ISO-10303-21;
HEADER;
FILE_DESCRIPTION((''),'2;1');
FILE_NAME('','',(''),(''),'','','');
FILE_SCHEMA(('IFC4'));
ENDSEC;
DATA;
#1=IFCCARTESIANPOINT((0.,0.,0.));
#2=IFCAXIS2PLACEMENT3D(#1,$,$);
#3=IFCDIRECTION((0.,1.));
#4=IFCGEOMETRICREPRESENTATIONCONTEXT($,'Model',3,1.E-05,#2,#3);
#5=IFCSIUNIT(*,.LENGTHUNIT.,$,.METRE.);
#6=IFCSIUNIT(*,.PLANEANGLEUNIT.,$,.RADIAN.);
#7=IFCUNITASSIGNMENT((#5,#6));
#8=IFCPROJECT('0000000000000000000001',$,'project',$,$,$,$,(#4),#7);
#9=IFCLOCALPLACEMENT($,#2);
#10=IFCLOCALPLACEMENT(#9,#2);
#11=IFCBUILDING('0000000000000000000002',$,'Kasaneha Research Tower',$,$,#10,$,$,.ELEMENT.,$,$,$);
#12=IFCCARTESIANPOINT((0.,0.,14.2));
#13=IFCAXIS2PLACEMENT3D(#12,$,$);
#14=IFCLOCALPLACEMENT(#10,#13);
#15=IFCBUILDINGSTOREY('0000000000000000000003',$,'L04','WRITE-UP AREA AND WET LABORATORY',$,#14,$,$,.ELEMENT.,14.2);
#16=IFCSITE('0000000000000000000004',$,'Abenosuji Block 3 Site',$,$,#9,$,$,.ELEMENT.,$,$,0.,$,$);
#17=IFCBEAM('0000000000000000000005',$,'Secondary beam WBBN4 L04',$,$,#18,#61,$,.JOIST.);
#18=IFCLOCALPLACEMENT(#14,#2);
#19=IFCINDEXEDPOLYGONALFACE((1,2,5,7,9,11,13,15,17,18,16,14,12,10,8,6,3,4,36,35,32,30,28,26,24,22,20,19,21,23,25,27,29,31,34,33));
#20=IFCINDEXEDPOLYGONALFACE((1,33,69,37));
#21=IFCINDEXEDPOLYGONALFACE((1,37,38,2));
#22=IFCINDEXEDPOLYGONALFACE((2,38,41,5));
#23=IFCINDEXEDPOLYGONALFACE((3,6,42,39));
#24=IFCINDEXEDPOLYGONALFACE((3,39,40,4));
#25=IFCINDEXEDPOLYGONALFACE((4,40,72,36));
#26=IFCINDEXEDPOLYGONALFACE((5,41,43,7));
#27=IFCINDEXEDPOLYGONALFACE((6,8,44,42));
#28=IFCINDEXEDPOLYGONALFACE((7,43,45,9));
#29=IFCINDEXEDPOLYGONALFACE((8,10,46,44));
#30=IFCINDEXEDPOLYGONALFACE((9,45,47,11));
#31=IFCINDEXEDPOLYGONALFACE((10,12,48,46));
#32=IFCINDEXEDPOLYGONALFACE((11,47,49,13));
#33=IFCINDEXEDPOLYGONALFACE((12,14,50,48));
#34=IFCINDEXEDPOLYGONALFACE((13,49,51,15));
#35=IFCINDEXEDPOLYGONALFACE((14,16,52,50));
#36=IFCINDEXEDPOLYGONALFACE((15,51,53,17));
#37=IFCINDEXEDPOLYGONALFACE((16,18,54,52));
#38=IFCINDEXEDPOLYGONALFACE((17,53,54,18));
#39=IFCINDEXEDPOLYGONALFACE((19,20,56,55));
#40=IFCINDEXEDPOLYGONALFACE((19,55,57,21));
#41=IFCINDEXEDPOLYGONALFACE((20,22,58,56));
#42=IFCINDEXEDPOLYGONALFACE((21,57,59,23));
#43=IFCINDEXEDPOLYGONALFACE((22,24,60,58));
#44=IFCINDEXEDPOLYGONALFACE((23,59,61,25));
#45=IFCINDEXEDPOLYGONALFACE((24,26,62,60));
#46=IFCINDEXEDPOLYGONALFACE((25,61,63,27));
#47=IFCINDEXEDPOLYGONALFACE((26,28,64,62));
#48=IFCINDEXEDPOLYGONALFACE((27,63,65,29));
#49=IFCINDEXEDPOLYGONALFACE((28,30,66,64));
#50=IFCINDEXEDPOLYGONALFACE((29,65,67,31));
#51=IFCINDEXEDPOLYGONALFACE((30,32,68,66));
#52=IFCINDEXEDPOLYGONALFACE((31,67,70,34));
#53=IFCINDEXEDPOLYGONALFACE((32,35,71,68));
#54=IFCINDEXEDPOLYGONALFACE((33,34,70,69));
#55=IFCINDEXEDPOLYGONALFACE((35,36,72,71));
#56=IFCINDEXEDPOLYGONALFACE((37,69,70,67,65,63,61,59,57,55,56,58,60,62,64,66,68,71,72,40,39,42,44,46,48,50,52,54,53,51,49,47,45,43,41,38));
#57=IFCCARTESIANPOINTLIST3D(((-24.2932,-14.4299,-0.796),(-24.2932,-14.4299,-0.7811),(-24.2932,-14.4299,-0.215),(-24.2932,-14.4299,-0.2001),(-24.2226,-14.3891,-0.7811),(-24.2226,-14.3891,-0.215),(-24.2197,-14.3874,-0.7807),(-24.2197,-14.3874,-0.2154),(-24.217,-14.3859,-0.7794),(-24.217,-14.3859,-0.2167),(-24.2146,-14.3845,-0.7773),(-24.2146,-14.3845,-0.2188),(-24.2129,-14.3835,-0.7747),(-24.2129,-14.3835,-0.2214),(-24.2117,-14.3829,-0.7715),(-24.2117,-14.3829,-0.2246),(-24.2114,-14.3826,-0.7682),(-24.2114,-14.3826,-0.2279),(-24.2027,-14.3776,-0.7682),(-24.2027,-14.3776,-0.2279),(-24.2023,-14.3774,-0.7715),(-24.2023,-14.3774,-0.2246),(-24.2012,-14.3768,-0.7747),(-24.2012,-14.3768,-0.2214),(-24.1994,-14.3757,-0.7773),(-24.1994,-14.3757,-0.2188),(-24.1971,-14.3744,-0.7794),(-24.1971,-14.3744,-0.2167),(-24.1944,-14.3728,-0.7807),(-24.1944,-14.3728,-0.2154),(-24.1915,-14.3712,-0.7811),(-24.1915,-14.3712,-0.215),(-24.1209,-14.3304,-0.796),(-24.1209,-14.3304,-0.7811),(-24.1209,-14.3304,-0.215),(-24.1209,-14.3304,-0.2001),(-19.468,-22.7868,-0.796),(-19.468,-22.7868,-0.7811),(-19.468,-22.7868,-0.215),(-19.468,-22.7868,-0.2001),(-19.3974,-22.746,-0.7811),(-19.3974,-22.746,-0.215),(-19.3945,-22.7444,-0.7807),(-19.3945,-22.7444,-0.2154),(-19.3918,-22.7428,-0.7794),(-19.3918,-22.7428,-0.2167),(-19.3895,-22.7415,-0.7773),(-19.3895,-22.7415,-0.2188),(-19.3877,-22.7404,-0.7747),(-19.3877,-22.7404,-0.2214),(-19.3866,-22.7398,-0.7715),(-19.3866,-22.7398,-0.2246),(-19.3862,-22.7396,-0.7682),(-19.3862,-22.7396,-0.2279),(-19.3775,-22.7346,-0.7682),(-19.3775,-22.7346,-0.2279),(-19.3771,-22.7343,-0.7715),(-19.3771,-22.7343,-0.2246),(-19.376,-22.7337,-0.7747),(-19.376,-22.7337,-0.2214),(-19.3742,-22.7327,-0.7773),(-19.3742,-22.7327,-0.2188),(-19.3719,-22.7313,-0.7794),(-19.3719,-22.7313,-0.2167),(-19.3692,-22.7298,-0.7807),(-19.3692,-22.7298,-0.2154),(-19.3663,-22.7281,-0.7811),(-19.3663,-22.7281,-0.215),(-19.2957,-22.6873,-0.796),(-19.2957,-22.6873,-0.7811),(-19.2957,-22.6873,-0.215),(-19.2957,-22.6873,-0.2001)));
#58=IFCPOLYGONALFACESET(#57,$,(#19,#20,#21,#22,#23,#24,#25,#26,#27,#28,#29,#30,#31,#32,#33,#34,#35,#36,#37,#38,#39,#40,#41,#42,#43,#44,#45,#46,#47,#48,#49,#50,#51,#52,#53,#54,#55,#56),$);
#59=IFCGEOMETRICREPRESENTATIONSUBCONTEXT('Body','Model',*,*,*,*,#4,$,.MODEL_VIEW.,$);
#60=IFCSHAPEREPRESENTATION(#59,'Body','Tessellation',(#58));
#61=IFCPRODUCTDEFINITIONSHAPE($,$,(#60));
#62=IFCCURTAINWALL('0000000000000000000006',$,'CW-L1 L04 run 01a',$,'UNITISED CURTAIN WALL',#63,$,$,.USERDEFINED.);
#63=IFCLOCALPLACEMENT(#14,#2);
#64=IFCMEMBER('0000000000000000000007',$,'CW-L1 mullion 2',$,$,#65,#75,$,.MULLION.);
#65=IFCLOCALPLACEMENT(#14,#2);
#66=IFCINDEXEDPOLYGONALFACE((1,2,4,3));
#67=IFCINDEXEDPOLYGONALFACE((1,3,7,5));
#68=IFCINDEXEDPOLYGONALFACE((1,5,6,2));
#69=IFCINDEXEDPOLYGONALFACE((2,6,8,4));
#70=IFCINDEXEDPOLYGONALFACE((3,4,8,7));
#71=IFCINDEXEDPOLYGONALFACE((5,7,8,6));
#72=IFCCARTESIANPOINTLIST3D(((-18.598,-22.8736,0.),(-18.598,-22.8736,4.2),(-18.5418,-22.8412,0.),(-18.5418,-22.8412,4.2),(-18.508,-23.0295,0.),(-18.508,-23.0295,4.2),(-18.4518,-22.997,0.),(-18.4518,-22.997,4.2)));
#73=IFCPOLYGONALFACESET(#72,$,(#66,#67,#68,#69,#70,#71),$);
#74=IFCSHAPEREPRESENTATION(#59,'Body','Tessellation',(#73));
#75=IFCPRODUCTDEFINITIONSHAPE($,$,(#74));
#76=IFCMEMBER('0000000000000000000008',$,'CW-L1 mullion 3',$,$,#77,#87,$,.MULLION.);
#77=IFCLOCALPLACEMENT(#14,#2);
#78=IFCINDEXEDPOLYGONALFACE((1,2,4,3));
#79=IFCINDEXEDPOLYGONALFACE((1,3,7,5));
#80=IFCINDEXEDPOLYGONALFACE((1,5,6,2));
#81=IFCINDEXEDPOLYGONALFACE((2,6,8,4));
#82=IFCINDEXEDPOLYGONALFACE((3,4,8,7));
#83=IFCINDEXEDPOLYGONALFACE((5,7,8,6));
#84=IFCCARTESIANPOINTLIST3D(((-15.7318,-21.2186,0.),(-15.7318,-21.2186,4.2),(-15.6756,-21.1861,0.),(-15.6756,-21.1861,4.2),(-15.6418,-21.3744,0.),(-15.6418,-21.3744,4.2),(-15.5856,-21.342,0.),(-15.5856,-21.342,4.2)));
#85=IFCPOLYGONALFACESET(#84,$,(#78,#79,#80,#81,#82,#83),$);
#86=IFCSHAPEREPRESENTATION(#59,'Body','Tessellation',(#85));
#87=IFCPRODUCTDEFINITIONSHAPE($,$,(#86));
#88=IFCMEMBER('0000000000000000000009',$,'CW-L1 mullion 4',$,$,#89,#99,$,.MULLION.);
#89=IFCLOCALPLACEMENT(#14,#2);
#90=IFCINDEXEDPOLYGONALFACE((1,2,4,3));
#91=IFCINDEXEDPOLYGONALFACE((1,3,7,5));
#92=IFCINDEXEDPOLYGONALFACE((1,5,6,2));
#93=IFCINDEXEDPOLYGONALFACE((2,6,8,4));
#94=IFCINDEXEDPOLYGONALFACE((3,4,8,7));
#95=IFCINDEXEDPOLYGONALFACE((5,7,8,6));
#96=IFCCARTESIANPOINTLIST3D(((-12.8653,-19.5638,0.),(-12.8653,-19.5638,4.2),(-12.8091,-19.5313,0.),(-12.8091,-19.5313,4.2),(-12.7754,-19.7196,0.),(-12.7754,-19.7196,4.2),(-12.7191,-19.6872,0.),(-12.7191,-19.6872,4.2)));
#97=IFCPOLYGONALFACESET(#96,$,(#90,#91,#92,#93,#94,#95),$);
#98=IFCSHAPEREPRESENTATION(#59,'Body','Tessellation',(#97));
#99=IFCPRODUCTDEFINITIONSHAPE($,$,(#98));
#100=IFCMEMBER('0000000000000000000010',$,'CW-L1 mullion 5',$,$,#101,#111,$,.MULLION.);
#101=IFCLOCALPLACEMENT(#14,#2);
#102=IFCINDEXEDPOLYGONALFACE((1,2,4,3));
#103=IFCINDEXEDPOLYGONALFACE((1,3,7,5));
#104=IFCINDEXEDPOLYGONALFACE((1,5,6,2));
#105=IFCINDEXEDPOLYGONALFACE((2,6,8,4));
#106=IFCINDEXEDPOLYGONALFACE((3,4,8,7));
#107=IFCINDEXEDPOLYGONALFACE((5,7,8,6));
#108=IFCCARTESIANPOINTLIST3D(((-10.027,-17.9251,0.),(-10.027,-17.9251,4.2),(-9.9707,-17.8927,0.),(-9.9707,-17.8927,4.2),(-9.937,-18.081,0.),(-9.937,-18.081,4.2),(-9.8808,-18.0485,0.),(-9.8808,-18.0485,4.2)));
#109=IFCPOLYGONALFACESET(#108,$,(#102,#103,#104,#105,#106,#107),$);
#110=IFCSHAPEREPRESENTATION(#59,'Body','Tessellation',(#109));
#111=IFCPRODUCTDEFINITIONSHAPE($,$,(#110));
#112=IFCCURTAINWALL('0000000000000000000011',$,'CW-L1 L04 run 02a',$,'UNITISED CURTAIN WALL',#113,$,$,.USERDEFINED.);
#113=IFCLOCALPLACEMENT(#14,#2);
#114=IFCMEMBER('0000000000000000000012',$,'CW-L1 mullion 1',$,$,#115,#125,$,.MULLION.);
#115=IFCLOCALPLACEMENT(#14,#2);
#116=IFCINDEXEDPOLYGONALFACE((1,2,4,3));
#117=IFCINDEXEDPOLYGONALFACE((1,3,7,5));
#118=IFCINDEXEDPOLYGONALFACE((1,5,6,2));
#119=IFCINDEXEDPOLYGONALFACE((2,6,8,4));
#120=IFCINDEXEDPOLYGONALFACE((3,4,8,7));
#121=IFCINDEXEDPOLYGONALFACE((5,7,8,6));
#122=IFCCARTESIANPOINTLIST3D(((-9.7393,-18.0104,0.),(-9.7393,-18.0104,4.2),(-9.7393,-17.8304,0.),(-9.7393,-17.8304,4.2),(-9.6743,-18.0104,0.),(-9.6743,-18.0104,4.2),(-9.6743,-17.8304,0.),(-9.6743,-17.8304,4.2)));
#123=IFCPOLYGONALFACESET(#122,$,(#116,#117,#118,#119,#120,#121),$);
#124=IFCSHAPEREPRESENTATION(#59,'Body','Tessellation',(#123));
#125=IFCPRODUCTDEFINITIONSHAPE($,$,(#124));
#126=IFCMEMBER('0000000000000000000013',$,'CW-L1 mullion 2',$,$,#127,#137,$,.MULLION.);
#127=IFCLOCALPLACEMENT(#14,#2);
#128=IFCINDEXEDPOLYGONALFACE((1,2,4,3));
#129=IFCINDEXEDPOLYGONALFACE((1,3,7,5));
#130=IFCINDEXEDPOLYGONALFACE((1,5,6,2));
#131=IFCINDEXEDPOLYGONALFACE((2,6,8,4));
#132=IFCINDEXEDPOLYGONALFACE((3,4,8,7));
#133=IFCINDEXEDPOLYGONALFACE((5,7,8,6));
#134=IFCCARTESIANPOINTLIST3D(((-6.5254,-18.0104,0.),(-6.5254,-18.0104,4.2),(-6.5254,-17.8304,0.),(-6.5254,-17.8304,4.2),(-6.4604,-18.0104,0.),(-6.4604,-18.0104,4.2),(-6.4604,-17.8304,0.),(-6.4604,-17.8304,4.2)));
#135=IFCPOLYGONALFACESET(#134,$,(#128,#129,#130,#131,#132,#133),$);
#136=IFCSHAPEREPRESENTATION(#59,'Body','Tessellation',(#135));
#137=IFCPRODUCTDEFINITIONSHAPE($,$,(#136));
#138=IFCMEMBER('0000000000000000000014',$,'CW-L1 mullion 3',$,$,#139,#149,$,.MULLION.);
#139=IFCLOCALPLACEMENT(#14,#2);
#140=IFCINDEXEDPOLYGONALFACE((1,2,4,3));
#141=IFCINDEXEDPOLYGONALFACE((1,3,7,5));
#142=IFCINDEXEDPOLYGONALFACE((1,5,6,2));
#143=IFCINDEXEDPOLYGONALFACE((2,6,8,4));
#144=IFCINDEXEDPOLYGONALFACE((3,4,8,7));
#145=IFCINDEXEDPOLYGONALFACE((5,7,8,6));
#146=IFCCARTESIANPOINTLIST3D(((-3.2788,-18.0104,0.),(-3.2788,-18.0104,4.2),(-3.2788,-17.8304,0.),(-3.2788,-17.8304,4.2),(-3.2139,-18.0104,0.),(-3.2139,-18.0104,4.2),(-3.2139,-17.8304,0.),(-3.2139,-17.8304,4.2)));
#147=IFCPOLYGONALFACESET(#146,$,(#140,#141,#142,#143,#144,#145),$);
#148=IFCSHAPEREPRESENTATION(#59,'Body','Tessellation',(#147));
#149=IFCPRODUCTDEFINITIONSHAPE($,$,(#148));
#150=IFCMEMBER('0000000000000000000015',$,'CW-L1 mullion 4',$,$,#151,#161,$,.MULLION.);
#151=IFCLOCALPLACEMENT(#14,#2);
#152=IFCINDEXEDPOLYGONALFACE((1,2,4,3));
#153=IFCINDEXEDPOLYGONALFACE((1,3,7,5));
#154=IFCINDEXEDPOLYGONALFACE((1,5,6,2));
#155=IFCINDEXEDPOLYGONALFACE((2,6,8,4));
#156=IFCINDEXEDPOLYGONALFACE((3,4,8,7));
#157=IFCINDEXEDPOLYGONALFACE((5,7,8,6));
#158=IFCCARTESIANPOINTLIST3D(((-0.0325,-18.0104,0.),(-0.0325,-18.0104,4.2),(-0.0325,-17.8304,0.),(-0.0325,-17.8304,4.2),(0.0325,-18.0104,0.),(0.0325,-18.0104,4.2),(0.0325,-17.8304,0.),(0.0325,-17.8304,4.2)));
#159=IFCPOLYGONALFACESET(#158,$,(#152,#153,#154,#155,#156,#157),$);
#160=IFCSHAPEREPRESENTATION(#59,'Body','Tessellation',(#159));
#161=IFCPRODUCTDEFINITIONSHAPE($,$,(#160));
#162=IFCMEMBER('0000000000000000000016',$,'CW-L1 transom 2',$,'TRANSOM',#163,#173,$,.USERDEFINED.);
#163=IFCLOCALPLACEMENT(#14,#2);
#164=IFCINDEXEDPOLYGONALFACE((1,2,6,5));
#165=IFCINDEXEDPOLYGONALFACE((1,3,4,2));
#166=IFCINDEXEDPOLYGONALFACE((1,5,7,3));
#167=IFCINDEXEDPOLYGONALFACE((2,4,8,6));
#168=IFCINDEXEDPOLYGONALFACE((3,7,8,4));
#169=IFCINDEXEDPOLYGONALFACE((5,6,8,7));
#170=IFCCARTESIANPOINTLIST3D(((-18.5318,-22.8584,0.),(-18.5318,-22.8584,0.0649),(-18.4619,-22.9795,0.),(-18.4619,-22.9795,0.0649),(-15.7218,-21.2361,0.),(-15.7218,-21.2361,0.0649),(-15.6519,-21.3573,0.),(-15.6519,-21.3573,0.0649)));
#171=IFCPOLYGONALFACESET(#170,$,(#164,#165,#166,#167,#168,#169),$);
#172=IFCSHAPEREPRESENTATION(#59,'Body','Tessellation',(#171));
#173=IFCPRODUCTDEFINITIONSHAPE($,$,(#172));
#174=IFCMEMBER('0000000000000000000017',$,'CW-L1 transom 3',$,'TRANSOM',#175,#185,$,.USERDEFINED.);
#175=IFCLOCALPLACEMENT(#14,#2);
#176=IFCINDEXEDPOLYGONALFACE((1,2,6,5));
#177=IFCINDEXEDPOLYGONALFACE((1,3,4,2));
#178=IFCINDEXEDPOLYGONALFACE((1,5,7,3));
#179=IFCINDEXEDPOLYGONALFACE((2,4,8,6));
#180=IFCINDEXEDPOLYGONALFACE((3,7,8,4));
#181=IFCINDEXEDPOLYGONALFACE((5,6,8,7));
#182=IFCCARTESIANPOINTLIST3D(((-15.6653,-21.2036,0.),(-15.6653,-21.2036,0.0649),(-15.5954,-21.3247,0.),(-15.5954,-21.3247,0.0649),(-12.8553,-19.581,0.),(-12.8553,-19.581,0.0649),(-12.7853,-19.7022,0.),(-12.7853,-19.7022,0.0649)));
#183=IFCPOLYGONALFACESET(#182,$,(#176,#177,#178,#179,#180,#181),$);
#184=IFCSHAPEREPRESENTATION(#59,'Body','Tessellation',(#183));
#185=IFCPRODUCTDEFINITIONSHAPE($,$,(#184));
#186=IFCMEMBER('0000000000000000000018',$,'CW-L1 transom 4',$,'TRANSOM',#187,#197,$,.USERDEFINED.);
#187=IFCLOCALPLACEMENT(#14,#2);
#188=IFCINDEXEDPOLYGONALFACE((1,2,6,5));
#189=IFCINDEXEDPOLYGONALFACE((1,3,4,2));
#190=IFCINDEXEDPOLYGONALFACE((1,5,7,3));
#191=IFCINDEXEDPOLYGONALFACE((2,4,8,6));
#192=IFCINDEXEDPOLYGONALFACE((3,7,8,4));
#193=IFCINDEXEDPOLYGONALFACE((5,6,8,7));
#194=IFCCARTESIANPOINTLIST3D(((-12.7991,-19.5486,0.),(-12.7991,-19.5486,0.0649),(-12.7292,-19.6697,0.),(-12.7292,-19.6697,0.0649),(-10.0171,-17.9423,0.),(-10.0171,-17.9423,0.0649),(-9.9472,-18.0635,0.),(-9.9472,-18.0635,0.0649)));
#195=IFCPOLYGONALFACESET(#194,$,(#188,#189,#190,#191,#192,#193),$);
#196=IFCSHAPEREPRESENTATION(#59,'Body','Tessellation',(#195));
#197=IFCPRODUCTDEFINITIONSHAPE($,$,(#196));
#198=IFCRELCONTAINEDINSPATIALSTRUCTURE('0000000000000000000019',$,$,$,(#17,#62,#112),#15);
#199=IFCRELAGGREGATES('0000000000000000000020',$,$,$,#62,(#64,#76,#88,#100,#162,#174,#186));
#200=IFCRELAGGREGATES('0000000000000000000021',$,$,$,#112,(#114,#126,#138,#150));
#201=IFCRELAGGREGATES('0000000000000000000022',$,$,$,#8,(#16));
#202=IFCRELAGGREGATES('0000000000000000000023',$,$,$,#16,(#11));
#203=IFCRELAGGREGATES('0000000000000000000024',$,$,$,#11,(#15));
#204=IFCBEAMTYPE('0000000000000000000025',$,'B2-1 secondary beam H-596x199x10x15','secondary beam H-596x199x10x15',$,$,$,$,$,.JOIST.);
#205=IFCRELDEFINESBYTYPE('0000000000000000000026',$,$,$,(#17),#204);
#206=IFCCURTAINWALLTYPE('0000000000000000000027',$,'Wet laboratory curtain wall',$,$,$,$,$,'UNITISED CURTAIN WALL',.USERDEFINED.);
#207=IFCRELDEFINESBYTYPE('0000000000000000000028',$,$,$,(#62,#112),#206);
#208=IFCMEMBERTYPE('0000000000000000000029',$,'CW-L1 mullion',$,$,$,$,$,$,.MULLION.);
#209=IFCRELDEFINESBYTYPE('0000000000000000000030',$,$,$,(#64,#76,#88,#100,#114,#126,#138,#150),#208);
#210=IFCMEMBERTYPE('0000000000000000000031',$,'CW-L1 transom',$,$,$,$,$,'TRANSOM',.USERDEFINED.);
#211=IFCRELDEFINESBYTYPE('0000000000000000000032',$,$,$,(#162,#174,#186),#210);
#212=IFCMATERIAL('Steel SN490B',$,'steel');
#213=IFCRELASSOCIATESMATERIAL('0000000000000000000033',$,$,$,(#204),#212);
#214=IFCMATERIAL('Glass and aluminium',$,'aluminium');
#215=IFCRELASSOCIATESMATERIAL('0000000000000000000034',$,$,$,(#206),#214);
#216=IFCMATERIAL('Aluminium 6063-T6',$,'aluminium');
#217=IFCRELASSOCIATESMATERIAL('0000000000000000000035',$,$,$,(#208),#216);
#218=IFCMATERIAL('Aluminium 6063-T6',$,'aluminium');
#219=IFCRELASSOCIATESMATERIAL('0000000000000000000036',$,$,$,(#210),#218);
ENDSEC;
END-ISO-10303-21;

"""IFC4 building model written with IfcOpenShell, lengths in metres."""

from ifc_helpers import new_model, si_unit, direction, frame, origin, origin_2d, place, context, subcontext, project, spatial, rectangle, i_section, extrude, material, material_profile, profile_set, type_object, element, aggregate, save


model = new_model("IFC4")

# Units and contexts
model_context = context("Model", 3, precision=1e-05, world=origin(), true_north=direction((0.0, 1.0)))
body_context = subcontext(model_context, "Body", "Model", "MODEL_VIEW")
ifc_project = project(units=[si_unit("LENGTHUNIT", "METRE"), si_unit("PLANEANGLEUNIT", "RADIAN")], contexts=[model_context])

# Site, building, storey
site_placement = place(None, origin())
site = spatial("IfcSite", under=ifc_project, at=site_placement, Name="Abenosuji Block 3 Site", CompositionType="ELEMENT", RefElevation=0.0)
building_placement = place(site_placement, origin())
building = spatial("IfcBuilding", under=site, at=building_placement, Name="Kasaneha Research Tower", CompositionType="ELEMENT")
storey_placement = place(building_placement, frame((0.0, 0.0, 14.2)))
storey = spatial("IfcBuildingStorey", under=building, at=storey_placement, Name="L04", Description="WRITE-UP AREA AND WET LABORATORY", CompositionType="ELEMENT", Elevation=14.2)

# Beam
ifc_material_1 = material(Name="Steel SN490B", Category="steel")
ifc_material_profile_1 = material_profile(ifc_material_1, i_section(OverallWidth=0.199, OverallDepth=0.5959, WebThickness=0.01, FlangeThickness=0.0149, FilletRadius=0.0129, at=origin_2d()), Name="H-596x199x10x15")
ifc_profile_set_1 = profile_set([ifc_material_profile_1], Name="Steel SN490B")
beam_type_1 = type_object("IfcBeamType", Name="B2-1 secondary beam H-596x199x10x15", Description="secondary beam H-596x199x10x15", PredefinedType="JOIST", material=ifc_profile_set_1)
for number, where, z_axis, x_axis, name in (
    (1, (-19.3818, -22.7371, -0.498), (-0.500025, 0.866011, 0.0), (-0.866011, -0.500025, 0.0), "Secondary beam WBBN4 L04"),
):
    element("IfcBeam", number, at=place(storey_placement, frame(where, z_axis=z_axis, x_axis=x_axis)), inside=storey, type_object=beam_type_1, Name=name, PredefinedType="JOIST", context=body_context, shape_type="SweptSolid", body=[
        extrude(i_section(OverallWidth=0.199, OverallDepth=0.5959, WebThickness=0.01, FlangeThickness=0.0149, FilletRadius=0.0129, at=origin_2d()), origin(), (0.0, 0.0, 1.0), 9.6499),
    ])

# Curtain walls, members
ifc_material_2 = material(Name="Glass and aluminium", Category="aluminium")
curtain_wall_type = type_object("IfcCurtainWallType", Name="Wet laboratory curtain wall", ElementType="UNITISED CURTAIN WALL", PredefinedType="USERDEFINED", material=ifc_material_2)
curtain_wall_1_placement = place(storey_placement, origin())
curtain_wall_1 = element("IfcCurtainWall", 2, at=curtain_wall_1_placement, inside=storey, type_object=curtain_wall_type, Name="CW-L1 L04 run 01a", ObjectType="UNITISED CURTAIN WALL", PredefinedType="USERDEFINED")
ifc_material_3 = material(Name="Aluminium 6063-T6", Category="aluminium")
ifc_material_profile_2 = material_profile(ifc_material_3, rectangle(XDim=0.0649, YDim=0.1799, at=origin_2d()), Name="CW-L1 mullion 65x180")
ifc_profile_set_2 = profile_set([ifc_material_profile_2], Name="Aluminium 6063-T6")
member_type_1 = type_object("IfcMemberType", Name="CW-L1 mullion", PredefinedType="MULLION", material=ifc_profile_set_2)
member_1_placement = place(storey_placement, frame((-18.5249, -22.9353, 0.0), z_axis=(0.0, 0.0, 1.0), x_axis=(0.866025, 0.5, 0.0)))
member_1 = element("IfcMember", 3, at=member_1_placement, type_object=member_type_1, Name="CW-L1 mullion 2", PredefinedType="MULLION", context=body_context, shape_type="SweptSolid", body=[
    extrude(rectangle(XDim=0.0649, YDim=0.1799, at=origin_2d()), origin(), (0.0, 0.0, 1.0), 4.2),
])
member_2_placement = place(storey_placement, frame((-15.6587, -21.2803, 0.0), z_axis=(0.0, 0.0, 1.0), x_axis=(0.866025, 0.5, 0.0)))
member_2 = element("IfcMember", 4, at=member_2_placement, type_object=member_type_1, Name="CW-L1 mullion 3", PredefinedType="MULLION", context=body_context, shape_type="SweptSolid", body=[
    extrude(rectangle(XDim=0.0649, YDim=0.1799, at=origin_2d()), origin(), (0.0, 0.0, 1.0), 4.2),
])
member_3_placement = place(storey_placement, frame((-12.7922, -19.6255, 0.0), z_axis=(0.0, 0.0, 1.0), x_axis=(0.866025, 0.5, 0.0)))
member_3 = element("IfcMember", 5, at=member_3_placement, type_object=member_type_1, Name="CW-L1 mullion 4", PredefinedType="MULLION", context=body_context, shape_type="SweptSolid", body=[
    extrude(rectangle(XDim=0.0649, YDim=0.1799, at=origin_2d()), origin(), (0.0, 0.0, 1.0), 4.2),
])
member_4_placement = place(storey_placement, frame((-9.9539, -17.9868, 0.0), z_axis=(0.0, 0.0, 1.0), x_axis=(0.866025, 0.5, 0.0)))
member_4 = element("IfcMember", 6, at=member_4_placement, type_object=member_type_1, Name="CW-L1 mullion 5", PredefinedType="MULLION", context=body_context, shape_type="SweptSolid", body=[
    extrude(rectangle(XDim=0.0649, YDim=0.1799, at=origin_2d()), origin(), (0.0, 0.0, 1.0), 4.2),
])
curtain_wall_2_placement = place(storey_placement, origin())
curtain_wall_2 = element("IfcCurtainWall", 7, at=curtain_wall_2_placement, inside=storey, type_object=curtain_wall_type, Name="CW-L1 L04 run 02a", ObjectType="UNITISED CURTAIN WALL", PredefinedType="USERDEFINED")
member_5_placement = place(storey_placement, frame((-9.7068, -17.9204, 0.0), z_axis=(0.0, 0.0, 1.0), x_axis=(1.0, 0.0, 0.0)))
member_5 = element("IfcMember", 8, at=member_5_placement, type_object=member_type_1, Name="CW-L1 mullion 1", PredefinedType="MULLION", context=body_context, shape_type="SweptSolid", body=[
    extrude(rectangle(XDim=0.0649, YDim=0.1799, at=origin_2d()), origin(), (0.0, 0.0, 1.0), 4.2),
])
member_6_placement = place(storey_placement, frame((-6.4929, -17.9204, 0.0), z_axis=(0.0, 0.0, 1.0), x_axis=(1.0, 0.0, 0.0)))
member_6 = element("IfcMember", 9, at=member_6_placement, type_object=member_type_1, Name="CW-L1 mullion 2", PredefinedType="MULLION", context=body_context, shape_type="SweptSolid", body=[
    extrude(rectangle(XDim=0.0649, YDim=0.1799, at=origin_2d()), origin(), (0.0, 0.0, 1.0), 4.2),
])
member_7_placement = place(storey_placement, frame((-3.2463, -17.9204, 0.0), z_axis=(0.0, 0.0, 1.0), x_axis=(1.0, 0.0, 0.0)))
member_7 = element("IfcMember", 10, at=member_7_placement, type_object=member_type_1, Name="CW-L1 mullion 3", PredefinedType="MULLION", context=body_context, shape_type="SweptSolid", body=[
    extrude(rectangle(XDim=0.0649, YDim=0.1799, at=origin_2d()), origin(), (0.0, 0.0, 1.0), 4.2),
])
member_8_placement = place(storey_placement, frame((0.0, -17.9204, 0.0), z_axis=(0.0, 0.0, 1.0), x_axis=(1.0, 0.0, 0.0)))
member_8 = element("IfcMember", 11, at=member_8_placement, type_object=member_type_1, Name="CW-L1 mullion 4", PredefinedType="MULLION", context=body_context, shape_type="SweptSolid", body=[
    extrude(rectangle(XDim=0.0649, YDim=0.1799, at=origin_2d()), origin(), (0.0, 0.0, 1.0), 4.2),
])

# Members
ifc_material_4 = material(Name="Aluminium 6063-T6", Category="aluminium")
ifc_material_profile_3 = material_profile(ifc_material_4, rectangle(XDim=0.1399, YDim=0.0649, at=origin_2d()), Name="CW-L1 transom 140x65")
ifc_profile_set_3 = profile_set([ifc_material_profile_3], Name="Aluminium 6063-T6")
member_type_2 = type_object("IfcMemberType", Name="CW-L1 transom", ElementType="TRANSOM", PredefinedType="USERDEFINED", material=ifc_profile_set_3)
member_9_placement = place(storey_placement, frame((-18.4968, -22.9189, 0.0325), z_axis=(0.866035, 0.499983, 0.0), x_axis=(-0.499983, 0.866035, 0.0)))
member_9 = element("IfcMember", 12, at=member_9_placement, type_object=member_type_2, Name="CW-L1 transom 2", ObjectType="TRANSOM", PredefinedType="USERDEFINED", context=body_context, shape_type="SweptSolid", body=[
    extrude(rectangle(XDim=0.1399, YDim=0.0649, at=origin_2d()), origin(), (0.0, 0.0, 1.0), 3.2446),
])
member_10_placement = place(storey_placement, frame((-15.6304, -21.2642, 0.0325), z_axis=(0.866003, 0.500039, 0.0), x_axis=(-0.500039, 0.866003, 0.0)))
member_10 = element("IfcMember", 13, at=member_10_placement, type_object=member_type_2, Name="CW-L1 transom 3", ObjectType="TRANSOM", PredefinedType="USERDEFINED", context=body_context, shape_type="SweptSolid", body=[
    extrude(rectangle(XDim=0.1399, YDim=0.0649, at=origin_2d()), origin(), (0.0, 0.0, 1.0), 3.2449),
])
member_11_placement = place(storey_placement, frame((-12.7642, -19.6091, 0.0325), z_axis=(0.866022, 0.500005, 0.0), x_axis=(-0.500005, 0.866022, 0.0)))
member_11 = element("IfcMember", 14, at=member_11_placement, type_object=member_type_2, Name="CW-L1 transom 4", ObjectType="TRANSOM", PredefinedType="USERDEFINED", context=body_context, shape_type="SweptSolid", body=[
    extrude(rectangle(XDim=0.1399, YDim=0.0649, at=origin_2d()), origin(), (0.0, 0.0, 1.0), 3.2124),
])

aggregate(curtain_wall_1, [member_1, member_2, member_3, member_4, member_9, member_10, member_11])
aggregate(curtain_wall_2, [member_5, member_6, member_7, member_8])

save(model, "model.ifc")
